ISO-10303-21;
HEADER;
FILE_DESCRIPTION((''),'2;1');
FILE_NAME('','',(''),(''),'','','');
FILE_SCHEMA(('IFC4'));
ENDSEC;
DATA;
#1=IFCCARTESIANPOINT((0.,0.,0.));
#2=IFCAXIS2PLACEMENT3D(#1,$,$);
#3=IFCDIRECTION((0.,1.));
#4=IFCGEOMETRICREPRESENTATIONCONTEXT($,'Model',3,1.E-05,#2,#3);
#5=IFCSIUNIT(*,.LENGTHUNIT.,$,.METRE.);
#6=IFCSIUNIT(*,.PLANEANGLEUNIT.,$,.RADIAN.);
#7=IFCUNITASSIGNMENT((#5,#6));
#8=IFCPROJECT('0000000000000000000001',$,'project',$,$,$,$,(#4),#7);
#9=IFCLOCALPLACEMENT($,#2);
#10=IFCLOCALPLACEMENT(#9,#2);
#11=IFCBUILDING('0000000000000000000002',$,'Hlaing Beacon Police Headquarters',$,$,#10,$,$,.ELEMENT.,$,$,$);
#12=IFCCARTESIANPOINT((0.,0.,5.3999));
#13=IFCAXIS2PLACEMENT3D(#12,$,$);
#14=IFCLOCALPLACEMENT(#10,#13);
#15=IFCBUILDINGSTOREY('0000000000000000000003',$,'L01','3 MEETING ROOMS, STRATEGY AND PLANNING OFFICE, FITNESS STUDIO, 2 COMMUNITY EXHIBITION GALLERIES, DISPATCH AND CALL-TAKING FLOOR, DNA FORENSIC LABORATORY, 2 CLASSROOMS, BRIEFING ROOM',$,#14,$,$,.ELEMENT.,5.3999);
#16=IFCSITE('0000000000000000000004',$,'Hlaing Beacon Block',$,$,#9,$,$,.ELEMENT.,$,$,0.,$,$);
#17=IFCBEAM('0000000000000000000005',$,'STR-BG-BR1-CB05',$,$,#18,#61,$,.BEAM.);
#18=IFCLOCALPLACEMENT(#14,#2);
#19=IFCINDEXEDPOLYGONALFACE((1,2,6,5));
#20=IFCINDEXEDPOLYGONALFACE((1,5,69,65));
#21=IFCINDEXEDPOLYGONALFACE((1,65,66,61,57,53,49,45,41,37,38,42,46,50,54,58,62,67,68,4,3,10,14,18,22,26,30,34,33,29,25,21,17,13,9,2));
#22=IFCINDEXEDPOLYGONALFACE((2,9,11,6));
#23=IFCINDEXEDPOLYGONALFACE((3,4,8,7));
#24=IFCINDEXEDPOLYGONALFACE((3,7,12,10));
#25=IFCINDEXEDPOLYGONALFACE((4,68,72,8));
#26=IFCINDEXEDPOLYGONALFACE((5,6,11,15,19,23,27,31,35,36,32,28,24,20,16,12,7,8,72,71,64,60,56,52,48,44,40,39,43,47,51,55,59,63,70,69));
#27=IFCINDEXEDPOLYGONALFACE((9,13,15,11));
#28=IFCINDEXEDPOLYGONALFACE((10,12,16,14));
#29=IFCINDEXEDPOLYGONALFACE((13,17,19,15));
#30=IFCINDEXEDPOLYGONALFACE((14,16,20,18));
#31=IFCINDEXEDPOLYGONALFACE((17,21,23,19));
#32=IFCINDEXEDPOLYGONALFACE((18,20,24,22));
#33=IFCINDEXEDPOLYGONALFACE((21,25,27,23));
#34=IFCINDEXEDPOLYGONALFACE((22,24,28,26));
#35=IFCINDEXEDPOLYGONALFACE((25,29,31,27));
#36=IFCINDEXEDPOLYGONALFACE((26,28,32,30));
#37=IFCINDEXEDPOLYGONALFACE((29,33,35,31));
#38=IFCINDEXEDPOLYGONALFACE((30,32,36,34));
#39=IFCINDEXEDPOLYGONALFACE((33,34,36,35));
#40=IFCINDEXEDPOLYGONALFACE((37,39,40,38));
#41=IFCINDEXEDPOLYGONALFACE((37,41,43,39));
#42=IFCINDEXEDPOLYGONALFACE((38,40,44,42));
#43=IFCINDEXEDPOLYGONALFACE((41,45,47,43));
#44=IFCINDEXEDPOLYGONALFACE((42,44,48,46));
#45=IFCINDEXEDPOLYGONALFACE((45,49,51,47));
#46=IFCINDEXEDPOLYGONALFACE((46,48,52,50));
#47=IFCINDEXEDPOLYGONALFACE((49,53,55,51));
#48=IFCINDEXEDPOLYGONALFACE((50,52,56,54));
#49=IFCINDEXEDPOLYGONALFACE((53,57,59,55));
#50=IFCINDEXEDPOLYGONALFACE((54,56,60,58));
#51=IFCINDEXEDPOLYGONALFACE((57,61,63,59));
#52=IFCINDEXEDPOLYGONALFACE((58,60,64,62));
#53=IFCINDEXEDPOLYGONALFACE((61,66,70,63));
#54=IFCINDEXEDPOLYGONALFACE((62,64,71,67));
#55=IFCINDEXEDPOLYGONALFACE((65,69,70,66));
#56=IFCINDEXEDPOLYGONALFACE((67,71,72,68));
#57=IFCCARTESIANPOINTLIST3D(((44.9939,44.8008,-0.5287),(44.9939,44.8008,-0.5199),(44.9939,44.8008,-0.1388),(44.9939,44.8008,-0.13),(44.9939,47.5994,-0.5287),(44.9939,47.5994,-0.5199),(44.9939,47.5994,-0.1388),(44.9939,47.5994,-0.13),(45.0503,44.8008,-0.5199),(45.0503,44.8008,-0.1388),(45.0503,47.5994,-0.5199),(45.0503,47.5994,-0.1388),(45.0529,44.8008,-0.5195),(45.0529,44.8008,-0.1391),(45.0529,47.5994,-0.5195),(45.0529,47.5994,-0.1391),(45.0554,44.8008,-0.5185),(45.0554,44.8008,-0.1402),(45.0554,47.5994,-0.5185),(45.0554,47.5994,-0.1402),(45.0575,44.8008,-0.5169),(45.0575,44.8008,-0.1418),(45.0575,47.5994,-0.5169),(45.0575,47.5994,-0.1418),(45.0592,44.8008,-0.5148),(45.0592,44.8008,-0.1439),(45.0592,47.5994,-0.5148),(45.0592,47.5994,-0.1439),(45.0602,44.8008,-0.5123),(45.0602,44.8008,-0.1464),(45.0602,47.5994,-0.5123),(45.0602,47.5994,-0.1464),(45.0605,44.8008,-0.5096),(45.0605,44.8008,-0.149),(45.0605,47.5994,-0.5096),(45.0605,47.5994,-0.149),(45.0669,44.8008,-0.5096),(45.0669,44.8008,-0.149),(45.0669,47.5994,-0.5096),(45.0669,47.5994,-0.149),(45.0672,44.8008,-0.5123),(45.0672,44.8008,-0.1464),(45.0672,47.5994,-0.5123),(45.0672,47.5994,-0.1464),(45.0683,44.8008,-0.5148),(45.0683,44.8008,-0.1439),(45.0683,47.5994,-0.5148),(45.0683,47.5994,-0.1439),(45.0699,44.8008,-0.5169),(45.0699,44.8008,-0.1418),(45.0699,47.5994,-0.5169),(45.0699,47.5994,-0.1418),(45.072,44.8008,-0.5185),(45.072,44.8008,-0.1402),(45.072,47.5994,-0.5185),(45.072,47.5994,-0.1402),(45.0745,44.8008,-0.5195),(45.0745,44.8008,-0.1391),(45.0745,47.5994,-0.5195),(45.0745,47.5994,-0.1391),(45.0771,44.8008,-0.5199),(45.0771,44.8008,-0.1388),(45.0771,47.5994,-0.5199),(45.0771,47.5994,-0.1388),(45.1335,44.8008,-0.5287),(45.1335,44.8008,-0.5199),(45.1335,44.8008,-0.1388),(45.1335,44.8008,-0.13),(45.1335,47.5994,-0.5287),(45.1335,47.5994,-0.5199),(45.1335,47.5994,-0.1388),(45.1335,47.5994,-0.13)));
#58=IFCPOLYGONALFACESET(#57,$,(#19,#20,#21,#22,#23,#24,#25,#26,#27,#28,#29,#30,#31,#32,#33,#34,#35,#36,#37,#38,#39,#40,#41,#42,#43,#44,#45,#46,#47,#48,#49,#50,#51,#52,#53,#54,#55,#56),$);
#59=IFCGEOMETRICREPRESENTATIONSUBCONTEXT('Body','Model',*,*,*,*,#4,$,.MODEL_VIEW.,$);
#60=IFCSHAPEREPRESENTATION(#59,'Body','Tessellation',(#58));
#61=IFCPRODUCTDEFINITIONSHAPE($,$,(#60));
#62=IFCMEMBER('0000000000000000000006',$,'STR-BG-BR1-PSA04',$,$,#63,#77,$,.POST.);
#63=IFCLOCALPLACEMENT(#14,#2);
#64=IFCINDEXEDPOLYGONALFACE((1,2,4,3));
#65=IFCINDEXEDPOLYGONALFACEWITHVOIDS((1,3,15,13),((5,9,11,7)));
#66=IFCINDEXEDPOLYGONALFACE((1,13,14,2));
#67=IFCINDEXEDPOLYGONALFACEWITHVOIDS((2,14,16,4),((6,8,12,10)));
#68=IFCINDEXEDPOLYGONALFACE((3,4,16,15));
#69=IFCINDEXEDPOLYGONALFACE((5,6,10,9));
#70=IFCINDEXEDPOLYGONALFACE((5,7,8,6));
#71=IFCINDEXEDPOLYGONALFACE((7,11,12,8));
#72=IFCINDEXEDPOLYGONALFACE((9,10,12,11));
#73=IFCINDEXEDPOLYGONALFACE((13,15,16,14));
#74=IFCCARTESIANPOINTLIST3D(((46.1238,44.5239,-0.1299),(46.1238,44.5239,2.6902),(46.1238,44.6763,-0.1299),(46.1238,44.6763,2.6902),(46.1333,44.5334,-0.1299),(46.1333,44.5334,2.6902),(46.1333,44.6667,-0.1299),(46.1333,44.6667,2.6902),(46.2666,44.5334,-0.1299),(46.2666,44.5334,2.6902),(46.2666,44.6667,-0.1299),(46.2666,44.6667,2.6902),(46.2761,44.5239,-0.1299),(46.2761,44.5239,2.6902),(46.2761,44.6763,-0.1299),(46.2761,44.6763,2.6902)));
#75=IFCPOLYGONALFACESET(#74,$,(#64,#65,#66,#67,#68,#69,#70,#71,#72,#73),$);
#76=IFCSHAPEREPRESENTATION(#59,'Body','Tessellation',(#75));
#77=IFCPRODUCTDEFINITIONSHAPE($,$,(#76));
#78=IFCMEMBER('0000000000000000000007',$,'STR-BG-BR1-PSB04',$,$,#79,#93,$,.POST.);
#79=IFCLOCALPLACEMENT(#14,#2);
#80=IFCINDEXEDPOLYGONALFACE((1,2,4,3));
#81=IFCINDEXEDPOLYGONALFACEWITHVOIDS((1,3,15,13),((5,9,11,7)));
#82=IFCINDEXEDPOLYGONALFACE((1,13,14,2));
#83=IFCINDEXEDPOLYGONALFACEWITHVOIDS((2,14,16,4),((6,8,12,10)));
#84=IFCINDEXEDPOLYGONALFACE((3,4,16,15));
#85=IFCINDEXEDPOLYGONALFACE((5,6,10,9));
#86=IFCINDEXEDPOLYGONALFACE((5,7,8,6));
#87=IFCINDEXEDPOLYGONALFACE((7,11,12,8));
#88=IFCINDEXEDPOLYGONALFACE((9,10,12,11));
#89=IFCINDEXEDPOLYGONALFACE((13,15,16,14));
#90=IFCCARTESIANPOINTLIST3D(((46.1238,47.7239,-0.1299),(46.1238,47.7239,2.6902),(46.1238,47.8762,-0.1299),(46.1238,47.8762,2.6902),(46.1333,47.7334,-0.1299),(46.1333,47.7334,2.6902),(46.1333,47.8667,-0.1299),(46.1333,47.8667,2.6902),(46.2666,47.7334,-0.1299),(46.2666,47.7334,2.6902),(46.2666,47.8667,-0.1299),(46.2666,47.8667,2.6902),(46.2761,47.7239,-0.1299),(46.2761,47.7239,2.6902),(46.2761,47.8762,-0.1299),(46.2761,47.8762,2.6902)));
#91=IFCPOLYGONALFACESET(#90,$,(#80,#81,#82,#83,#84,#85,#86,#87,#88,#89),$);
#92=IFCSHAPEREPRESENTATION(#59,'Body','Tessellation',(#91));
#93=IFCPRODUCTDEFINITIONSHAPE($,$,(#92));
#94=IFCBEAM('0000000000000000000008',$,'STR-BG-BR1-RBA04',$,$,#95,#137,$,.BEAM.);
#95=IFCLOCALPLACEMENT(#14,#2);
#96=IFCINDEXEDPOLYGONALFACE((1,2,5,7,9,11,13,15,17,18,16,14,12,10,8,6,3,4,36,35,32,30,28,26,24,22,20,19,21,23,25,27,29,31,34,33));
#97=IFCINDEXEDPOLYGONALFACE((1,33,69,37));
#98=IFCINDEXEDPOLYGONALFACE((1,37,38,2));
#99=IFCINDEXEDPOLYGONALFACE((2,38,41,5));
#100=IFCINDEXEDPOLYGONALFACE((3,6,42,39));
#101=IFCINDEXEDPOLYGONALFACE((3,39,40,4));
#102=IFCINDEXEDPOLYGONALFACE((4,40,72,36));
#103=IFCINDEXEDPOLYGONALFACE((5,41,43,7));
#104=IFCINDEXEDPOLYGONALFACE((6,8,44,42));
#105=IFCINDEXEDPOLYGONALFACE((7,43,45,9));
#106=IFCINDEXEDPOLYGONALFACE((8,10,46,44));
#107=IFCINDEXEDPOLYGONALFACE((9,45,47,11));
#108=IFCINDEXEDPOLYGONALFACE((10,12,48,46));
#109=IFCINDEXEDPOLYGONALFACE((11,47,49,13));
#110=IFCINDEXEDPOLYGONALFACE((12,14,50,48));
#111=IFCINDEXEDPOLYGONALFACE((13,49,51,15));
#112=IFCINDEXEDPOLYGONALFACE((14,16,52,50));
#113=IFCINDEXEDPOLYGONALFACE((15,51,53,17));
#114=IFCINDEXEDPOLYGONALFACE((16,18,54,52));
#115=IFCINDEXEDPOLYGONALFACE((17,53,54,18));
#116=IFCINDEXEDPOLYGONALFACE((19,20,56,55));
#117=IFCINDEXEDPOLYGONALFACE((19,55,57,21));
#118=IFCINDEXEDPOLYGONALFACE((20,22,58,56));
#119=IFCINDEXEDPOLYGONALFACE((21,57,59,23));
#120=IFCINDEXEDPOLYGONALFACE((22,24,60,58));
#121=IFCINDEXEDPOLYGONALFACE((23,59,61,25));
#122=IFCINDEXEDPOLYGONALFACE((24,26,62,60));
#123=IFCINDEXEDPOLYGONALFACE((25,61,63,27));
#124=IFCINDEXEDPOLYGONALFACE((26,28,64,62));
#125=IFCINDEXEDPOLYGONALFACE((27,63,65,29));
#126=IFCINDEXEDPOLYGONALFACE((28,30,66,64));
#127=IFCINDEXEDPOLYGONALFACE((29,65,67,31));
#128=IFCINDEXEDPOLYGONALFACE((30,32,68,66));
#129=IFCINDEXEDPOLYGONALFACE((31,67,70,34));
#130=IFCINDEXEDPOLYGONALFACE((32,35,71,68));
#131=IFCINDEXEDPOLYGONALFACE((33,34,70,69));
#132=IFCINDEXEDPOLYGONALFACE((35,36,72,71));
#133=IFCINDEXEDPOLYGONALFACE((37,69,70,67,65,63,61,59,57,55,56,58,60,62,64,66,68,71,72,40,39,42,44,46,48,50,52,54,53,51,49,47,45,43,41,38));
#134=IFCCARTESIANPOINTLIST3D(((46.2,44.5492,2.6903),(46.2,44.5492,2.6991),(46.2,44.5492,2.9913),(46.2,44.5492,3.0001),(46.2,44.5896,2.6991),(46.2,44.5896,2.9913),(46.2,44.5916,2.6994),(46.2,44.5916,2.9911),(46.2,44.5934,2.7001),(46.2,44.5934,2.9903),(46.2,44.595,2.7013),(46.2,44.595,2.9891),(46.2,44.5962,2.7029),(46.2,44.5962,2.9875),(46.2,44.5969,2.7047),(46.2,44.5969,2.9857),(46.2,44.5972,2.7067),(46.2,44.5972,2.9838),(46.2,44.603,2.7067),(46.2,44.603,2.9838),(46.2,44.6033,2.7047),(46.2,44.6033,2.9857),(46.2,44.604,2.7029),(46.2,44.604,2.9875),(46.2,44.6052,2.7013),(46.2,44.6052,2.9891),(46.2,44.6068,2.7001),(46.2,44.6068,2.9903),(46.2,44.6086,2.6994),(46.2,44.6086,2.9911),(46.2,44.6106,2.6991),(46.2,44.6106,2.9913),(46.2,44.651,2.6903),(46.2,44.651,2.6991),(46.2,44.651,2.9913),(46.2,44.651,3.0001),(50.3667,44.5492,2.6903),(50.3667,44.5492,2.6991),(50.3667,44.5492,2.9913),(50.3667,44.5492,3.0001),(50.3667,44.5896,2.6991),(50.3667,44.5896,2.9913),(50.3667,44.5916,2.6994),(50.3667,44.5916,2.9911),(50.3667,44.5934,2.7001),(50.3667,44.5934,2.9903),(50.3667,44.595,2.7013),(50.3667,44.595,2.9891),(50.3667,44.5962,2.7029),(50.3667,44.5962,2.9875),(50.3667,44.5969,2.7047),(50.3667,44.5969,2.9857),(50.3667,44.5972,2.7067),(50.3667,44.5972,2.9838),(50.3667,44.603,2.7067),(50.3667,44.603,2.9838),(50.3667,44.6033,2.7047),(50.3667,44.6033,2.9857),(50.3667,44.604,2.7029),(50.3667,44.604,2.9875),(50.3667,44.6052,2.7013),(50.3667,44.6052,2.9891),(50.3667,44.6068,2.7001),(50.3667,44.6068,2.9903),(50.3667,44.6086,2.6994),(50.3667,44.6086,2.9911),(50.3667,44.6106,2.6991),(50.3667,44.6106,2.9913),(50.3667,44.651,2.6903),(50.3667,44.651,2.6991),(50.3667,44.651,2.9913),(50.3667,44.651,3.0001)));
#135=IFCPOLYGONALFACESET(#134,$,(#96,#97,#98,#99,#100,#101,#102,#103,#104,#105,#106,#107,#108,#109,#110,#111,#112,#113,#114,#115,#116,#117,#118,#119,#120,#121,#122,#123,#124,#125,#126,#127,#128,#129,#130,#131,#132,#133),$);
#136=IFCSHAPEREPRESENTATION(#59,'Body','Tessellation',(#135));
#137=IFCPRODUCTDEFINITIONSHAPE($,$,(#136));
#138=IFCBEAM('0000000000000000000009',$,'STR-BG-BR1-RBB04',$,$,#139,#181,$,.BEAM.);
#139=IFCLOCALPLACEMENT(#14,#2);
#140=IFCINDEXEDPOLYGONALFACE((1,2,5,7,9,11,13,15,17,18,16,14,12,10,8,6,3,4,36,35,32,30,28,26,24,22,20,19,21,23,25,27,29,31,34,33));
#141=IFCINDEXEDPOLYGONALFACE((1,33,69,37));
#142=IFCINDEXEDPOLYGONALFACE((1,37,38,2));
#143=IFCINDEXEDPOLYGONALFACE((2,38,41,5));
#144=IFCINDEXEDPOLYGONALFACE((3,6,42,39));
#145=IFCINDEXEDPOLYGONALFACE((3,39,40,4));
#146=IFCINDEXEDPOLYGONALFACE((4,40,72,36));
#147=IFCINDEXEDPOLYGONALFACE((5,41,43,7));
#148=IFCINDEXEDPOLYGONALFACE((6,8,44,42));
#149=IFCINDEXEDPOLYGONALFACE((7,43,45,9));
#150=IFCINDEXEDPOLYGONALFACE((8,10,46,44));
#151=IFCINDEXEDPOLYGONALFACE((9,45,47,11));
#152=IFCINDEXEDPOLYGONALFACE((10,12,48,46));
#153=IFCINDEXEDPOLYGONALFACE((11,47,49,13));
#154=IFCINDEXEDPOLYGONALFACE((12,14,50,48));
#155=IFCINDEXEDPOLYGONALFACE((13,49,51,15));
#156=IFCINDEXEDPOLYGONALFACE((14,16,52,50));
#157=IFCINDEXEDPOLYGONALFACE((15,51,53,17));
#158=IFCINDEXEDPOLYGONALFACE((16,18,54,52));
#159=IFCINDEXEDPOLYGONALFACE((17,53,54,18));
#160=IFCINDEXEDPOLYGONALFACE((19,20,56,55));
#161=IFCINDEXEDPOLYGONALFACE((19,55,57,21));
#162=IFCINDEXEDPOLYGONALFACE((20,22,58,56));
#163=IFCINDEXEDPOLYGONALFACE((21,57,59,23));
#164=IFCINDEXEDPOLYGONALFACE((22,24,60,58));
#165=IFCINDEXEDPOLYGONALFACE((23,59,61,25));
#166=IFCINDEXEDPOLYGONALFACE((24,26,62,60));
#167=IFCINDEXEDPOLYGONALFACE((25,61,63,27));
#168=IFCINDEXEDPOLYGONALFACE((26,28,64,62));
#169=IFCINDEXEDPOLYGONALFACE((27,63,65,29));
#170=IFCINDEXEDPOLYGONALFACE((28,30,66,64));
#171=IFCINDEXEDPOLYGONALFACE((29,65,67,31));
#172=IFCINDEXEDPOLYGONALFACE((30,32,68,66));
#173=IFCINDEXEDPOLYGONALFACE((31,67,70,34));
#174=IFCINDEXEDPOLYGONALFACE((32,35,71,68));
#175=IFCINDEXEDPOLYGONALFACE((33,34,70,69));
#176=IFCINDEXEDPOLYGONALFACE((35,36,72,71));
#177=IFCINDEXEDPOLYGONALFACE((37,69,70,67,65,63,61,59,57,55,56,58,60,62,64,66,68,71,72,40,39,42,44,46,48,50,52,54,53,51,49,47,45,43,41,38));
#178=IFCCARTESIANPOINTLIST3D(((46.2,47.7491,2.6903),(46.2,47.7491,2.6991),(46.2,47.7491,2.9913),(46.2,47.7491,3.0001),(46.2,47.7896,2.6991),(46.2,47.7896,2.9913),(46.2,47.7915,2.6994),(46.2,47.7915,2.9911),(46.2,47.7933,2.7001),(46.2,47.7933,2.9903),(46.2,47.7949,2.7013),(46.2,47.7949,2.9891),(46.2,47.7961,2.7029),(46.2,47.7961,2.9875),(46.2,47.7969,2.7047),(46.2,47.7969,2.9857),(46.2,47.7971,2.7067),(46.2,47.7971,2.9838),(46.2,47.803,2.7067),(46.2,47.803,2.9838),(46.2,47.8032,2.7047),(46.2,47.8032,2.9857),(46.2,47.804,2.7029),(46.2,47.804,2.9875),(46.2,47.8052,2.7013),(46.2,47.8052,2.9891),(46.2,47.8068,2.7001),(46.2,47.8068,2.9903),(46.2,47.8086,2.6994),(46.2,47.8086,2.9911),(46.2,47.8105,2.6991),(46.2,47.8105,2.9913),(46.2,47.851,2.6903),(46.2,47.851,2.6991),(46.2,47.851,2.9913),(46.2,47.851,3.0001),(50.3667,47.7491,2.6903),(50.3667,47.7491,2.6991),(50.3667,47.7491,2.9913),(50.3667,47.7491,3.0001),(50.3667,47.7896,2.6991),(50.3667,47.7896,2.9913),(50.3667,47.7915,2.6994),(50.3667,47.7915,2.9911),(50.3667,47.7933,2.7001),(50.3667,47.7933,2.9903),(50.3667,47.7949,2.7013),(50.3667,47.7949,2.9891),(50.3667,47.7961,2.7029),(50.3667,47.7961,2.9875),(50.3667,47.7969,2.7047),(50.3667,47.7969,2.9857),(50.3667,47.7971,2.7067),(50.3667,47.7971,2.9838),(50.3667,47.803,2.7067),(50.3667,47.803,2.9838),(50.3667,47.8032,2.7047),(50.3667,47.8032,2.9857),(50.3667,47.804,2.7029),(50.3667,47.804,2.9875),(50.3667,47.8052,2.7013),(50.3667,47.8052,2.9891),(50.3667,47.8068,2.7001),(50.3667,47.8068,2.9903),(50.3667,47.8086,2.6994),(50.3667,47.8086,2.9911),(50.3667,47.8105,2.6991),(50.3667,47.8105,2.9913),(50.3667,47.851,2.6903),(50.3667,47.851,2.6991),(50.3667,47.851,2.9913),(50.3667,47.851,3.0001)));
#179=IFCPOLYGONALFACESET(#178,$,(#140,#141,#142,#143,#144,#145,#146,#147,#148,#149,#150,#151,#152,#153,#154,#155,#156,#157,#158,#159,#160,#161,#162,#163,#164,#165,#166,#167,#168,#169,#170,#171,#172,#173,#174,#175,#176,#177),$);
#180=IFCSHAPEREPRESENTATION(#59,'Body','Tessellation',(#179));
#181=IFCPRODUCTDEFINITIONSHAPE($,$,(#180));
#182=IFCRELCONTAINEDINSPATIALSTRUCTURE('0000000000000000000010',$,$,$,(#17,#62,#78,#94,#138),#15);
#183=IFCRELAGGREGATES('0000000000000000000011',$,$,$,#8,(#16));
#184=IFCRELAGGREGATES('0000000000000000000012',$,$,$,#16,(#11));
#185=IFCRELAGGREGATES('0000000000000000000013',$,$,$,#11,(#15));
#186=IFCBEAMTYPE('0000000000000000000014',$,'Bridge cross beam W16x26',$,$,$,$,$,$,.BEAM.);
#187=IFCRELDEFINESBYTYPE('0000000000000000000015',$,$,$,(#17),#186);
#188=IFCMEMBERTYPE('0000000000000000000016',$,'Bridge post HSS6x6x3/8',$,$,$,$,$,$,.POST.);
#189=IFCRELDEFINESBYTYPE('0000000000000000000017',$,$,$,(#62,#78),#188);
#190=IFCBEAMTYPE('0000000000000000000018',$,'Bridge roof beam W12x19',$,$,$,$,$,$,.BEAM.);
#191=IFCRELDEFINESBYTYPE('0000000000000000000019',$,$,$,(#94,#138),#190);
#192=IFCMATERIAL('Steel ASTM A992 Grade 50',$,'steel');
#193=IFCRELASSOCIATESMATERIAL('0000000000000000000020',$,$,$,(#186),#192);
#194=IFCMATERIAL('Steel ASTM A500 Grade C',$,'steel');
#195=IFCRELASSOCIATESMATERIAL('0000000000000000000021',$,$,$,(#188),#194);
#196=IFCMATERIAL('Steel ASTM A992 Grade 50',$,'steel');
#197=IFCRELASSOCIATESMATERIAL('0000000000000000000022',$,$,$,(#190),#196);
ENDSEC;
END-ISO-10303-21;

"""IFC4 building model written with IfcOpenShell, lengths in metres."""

from ifc_helpers import new_model, si_unit, direction, frame, origin, origin_2d, place, context, subcontext, project, spatial, hollow_rectangle, i_section, extrude, material, material_profile, profile_set, type_object, element, save


model = new_model("IFC4")

# Units and contexts
model_context = context("Model", 3, precision=1e-05, world=origin(), true_north=direction((0.0, 1.0)))
body_context = subcontext(model_context, "Body", "Model", "MODEL_VIEW")
ifc_project = project(units=[si_unit("LENGTHUNIT", "METRE"), si_unit("PLANEANGLEUNIT", "RADIAN")], contexts=[model_context])

# Site, building, storey
site_placement = place(None, origin())
site = spatial("IfcSite", under=ifc_project, at=site_placement, Name="Hlaing Beacon Block", CompositionType="ELEMENT", RefElevation=0.0)
building_placement = place(site_placement, origin())
building = spatial("IfcBuilding", under=site, at=building_placement, Name="Hlaing Beacon Police Headquarters", CompositionType="ELEMENT")
storey_placement = place(building_placement, frame((0.0, 0.0, 5.3999)))
storey = spatial("IfcBuildingStorey", under=building, at=storey_placement, Name="L01", Description="3 MEETING ROOMS, STRATEGY AND PLANNING OFFICE, FITNESS STUDIO, 2 COMMUNITY EXHIBITION GALLERIES, DISPATCH AND CALL-TAKING FLOOR, DNA FORENSIC LABORATORY, 2 CLASSROOMS, BRIEFING ROOM", CompositionType="ELEMENT", Elevation=5.3999)

# Beam
ifc_material_1 = material(Name="Steel ASTM A992 Grade 50", Category="steel")
ifc_material_profile_1 = material_profile(ifc_material_1, i_section(OverallWidth=0.1396, OverallDepth=0.3987, WebThickness=0.0063, FlangeThickness=0.0088, FilletRadius=0.0103, at=origin_2d()), Name="W16x26")
ifc_profile_set_1 = profile_set([ifc_material_profile_1], Name="Steel ASTM A992 Grade 50")
beam_type_1 = type_object("IfcBeamType", Name="Bridge cross beam W16x26", PredefinedType="BEAM", material=ifc_profile_set_1)
beam_1_placement = place(storey_placement, frame((45.0637, 44.8008, -0.3293), z_axis=(0.0, 1.0, 0.0), x_axis=(-1.0, 0.0, 0.0)))
element("IfcBeam", 1, at=beam_1_placement, inside=storey, type_object=beam_type_1, Name="STR-BG-BR1-CB05", PredefinedType="BEAM", context=body_context, shape_type="SweptSolid", body=[
    extrude(i_section(OverallWidth=0.1396, OverallDepth=0.3987, WebThickness=0.0063, FlangeThickness=0.0088, FilletRadius=0.0103, at=origin_2d()), origin(), (0.0, 0.0, 1.0), 2.7986),
])

# Members
ifc_material_2 = material(Name="Steel ASTM A500 Grade C", Category="steel")
ifc_material_profile_2 = material_profile(ifc_material_2, hollow_rectangle(XDim=0.1523, YDim=0.1523, WallThickness=0.0095, at=origin_2d()), Name="HSS6x6x3/8")
ifc_profile_set_2 = profile_set([ifc_material_profile_2], Name="Steel ASTM A500 Grade C")
member_type_1 = type_object("IfcMemberType", Name="Bridge post HSS6x6x3/8", PredefinedType="POST", material=ifc_profile_set_2)
for number, where, z_axis, x_axis, name in (
    (2, (46.2, 44.6001, -0.1299), (0.0, 0.0, 1.0), (1.0, 0.0, 0.0), "STR-BG-BR1-PSA04"),
    (3, (46.2, 47.8, -0.1299), (0.0, 0.0, 1.0), (1.0, 0.0, 0.0), "STR-BG-BR1-PSB04"),
):
    element("IfcMember", number, at=place(storey_placement, frame(where, z_axis=z_axis, x_axis=x_axis)), inside=storey, type_object=member_type_1, Name=name, PredefinedType="POST", context=body_context, shape_type="SweptSolid", body=[
        extrude(hollow_rectangle(XDim=0.1523, YDim=0.1523, WallThickness=0.0095, at=origin_2d()), origin(), (0.0, 0.0, 1.0), 2.8201),
    ])

# Beams
ifc_material_3 = material(Name="Steel ASTM A992 Grade 50", Category="steel")
ifc_material_profile_3 = material_profile(ifc_material_3, i_section(OverallWidth=0.1018, OverallDepth=0.3098, WebThickness=0.0059, FlangeThickness=0.0088, FilletRadius=0.0076, at=origin_2d()), Name="W12x19")
ifc_profile_set_3 = profile_set([ifc_material_profile_3], Name="Steel ASTM A992 Grade 50")
beam_type_2 = type_object("IfcBeamType", Name="Bridge roof beam W12x19", PredefinedType="BEAM", material=ifc_profile_set_3)
for number, where, z_axis, x_axis, name in (
    (4, (46.2, 44.6001, 2.8452), (1.0, 0.0, 0.0), (0.0, 1.0, 0.0), "STR-BG-BR1-RBA04"),
    (5, (46.2, 47.8, 2.8452), (1.0, 0.0, 0.0), (0.0, 1.0, 0.0), "STR-BG-BR1-RBB04"),
):
    element("IfcBeam", number, at=place(storey_placement, frame(where, z_axis=z_axis, x_axis=x_axis)), inside=storey, type_object=beam_type_2, Name=name, PredefinedType="BEAM", context=body_context, shape_type="SweptSolid", body=[
        extrude(i_section(OverallWidth=0.1018, OverallDepth=0.3098, WebThickness=0.0059, FlangeThickness=0.0088, FilletRadius=0.0076, at=origin_2d()), origin(), (0.0, 0.0, 1.0), 4.1667),
    ])

save(model, "model.ifc")
